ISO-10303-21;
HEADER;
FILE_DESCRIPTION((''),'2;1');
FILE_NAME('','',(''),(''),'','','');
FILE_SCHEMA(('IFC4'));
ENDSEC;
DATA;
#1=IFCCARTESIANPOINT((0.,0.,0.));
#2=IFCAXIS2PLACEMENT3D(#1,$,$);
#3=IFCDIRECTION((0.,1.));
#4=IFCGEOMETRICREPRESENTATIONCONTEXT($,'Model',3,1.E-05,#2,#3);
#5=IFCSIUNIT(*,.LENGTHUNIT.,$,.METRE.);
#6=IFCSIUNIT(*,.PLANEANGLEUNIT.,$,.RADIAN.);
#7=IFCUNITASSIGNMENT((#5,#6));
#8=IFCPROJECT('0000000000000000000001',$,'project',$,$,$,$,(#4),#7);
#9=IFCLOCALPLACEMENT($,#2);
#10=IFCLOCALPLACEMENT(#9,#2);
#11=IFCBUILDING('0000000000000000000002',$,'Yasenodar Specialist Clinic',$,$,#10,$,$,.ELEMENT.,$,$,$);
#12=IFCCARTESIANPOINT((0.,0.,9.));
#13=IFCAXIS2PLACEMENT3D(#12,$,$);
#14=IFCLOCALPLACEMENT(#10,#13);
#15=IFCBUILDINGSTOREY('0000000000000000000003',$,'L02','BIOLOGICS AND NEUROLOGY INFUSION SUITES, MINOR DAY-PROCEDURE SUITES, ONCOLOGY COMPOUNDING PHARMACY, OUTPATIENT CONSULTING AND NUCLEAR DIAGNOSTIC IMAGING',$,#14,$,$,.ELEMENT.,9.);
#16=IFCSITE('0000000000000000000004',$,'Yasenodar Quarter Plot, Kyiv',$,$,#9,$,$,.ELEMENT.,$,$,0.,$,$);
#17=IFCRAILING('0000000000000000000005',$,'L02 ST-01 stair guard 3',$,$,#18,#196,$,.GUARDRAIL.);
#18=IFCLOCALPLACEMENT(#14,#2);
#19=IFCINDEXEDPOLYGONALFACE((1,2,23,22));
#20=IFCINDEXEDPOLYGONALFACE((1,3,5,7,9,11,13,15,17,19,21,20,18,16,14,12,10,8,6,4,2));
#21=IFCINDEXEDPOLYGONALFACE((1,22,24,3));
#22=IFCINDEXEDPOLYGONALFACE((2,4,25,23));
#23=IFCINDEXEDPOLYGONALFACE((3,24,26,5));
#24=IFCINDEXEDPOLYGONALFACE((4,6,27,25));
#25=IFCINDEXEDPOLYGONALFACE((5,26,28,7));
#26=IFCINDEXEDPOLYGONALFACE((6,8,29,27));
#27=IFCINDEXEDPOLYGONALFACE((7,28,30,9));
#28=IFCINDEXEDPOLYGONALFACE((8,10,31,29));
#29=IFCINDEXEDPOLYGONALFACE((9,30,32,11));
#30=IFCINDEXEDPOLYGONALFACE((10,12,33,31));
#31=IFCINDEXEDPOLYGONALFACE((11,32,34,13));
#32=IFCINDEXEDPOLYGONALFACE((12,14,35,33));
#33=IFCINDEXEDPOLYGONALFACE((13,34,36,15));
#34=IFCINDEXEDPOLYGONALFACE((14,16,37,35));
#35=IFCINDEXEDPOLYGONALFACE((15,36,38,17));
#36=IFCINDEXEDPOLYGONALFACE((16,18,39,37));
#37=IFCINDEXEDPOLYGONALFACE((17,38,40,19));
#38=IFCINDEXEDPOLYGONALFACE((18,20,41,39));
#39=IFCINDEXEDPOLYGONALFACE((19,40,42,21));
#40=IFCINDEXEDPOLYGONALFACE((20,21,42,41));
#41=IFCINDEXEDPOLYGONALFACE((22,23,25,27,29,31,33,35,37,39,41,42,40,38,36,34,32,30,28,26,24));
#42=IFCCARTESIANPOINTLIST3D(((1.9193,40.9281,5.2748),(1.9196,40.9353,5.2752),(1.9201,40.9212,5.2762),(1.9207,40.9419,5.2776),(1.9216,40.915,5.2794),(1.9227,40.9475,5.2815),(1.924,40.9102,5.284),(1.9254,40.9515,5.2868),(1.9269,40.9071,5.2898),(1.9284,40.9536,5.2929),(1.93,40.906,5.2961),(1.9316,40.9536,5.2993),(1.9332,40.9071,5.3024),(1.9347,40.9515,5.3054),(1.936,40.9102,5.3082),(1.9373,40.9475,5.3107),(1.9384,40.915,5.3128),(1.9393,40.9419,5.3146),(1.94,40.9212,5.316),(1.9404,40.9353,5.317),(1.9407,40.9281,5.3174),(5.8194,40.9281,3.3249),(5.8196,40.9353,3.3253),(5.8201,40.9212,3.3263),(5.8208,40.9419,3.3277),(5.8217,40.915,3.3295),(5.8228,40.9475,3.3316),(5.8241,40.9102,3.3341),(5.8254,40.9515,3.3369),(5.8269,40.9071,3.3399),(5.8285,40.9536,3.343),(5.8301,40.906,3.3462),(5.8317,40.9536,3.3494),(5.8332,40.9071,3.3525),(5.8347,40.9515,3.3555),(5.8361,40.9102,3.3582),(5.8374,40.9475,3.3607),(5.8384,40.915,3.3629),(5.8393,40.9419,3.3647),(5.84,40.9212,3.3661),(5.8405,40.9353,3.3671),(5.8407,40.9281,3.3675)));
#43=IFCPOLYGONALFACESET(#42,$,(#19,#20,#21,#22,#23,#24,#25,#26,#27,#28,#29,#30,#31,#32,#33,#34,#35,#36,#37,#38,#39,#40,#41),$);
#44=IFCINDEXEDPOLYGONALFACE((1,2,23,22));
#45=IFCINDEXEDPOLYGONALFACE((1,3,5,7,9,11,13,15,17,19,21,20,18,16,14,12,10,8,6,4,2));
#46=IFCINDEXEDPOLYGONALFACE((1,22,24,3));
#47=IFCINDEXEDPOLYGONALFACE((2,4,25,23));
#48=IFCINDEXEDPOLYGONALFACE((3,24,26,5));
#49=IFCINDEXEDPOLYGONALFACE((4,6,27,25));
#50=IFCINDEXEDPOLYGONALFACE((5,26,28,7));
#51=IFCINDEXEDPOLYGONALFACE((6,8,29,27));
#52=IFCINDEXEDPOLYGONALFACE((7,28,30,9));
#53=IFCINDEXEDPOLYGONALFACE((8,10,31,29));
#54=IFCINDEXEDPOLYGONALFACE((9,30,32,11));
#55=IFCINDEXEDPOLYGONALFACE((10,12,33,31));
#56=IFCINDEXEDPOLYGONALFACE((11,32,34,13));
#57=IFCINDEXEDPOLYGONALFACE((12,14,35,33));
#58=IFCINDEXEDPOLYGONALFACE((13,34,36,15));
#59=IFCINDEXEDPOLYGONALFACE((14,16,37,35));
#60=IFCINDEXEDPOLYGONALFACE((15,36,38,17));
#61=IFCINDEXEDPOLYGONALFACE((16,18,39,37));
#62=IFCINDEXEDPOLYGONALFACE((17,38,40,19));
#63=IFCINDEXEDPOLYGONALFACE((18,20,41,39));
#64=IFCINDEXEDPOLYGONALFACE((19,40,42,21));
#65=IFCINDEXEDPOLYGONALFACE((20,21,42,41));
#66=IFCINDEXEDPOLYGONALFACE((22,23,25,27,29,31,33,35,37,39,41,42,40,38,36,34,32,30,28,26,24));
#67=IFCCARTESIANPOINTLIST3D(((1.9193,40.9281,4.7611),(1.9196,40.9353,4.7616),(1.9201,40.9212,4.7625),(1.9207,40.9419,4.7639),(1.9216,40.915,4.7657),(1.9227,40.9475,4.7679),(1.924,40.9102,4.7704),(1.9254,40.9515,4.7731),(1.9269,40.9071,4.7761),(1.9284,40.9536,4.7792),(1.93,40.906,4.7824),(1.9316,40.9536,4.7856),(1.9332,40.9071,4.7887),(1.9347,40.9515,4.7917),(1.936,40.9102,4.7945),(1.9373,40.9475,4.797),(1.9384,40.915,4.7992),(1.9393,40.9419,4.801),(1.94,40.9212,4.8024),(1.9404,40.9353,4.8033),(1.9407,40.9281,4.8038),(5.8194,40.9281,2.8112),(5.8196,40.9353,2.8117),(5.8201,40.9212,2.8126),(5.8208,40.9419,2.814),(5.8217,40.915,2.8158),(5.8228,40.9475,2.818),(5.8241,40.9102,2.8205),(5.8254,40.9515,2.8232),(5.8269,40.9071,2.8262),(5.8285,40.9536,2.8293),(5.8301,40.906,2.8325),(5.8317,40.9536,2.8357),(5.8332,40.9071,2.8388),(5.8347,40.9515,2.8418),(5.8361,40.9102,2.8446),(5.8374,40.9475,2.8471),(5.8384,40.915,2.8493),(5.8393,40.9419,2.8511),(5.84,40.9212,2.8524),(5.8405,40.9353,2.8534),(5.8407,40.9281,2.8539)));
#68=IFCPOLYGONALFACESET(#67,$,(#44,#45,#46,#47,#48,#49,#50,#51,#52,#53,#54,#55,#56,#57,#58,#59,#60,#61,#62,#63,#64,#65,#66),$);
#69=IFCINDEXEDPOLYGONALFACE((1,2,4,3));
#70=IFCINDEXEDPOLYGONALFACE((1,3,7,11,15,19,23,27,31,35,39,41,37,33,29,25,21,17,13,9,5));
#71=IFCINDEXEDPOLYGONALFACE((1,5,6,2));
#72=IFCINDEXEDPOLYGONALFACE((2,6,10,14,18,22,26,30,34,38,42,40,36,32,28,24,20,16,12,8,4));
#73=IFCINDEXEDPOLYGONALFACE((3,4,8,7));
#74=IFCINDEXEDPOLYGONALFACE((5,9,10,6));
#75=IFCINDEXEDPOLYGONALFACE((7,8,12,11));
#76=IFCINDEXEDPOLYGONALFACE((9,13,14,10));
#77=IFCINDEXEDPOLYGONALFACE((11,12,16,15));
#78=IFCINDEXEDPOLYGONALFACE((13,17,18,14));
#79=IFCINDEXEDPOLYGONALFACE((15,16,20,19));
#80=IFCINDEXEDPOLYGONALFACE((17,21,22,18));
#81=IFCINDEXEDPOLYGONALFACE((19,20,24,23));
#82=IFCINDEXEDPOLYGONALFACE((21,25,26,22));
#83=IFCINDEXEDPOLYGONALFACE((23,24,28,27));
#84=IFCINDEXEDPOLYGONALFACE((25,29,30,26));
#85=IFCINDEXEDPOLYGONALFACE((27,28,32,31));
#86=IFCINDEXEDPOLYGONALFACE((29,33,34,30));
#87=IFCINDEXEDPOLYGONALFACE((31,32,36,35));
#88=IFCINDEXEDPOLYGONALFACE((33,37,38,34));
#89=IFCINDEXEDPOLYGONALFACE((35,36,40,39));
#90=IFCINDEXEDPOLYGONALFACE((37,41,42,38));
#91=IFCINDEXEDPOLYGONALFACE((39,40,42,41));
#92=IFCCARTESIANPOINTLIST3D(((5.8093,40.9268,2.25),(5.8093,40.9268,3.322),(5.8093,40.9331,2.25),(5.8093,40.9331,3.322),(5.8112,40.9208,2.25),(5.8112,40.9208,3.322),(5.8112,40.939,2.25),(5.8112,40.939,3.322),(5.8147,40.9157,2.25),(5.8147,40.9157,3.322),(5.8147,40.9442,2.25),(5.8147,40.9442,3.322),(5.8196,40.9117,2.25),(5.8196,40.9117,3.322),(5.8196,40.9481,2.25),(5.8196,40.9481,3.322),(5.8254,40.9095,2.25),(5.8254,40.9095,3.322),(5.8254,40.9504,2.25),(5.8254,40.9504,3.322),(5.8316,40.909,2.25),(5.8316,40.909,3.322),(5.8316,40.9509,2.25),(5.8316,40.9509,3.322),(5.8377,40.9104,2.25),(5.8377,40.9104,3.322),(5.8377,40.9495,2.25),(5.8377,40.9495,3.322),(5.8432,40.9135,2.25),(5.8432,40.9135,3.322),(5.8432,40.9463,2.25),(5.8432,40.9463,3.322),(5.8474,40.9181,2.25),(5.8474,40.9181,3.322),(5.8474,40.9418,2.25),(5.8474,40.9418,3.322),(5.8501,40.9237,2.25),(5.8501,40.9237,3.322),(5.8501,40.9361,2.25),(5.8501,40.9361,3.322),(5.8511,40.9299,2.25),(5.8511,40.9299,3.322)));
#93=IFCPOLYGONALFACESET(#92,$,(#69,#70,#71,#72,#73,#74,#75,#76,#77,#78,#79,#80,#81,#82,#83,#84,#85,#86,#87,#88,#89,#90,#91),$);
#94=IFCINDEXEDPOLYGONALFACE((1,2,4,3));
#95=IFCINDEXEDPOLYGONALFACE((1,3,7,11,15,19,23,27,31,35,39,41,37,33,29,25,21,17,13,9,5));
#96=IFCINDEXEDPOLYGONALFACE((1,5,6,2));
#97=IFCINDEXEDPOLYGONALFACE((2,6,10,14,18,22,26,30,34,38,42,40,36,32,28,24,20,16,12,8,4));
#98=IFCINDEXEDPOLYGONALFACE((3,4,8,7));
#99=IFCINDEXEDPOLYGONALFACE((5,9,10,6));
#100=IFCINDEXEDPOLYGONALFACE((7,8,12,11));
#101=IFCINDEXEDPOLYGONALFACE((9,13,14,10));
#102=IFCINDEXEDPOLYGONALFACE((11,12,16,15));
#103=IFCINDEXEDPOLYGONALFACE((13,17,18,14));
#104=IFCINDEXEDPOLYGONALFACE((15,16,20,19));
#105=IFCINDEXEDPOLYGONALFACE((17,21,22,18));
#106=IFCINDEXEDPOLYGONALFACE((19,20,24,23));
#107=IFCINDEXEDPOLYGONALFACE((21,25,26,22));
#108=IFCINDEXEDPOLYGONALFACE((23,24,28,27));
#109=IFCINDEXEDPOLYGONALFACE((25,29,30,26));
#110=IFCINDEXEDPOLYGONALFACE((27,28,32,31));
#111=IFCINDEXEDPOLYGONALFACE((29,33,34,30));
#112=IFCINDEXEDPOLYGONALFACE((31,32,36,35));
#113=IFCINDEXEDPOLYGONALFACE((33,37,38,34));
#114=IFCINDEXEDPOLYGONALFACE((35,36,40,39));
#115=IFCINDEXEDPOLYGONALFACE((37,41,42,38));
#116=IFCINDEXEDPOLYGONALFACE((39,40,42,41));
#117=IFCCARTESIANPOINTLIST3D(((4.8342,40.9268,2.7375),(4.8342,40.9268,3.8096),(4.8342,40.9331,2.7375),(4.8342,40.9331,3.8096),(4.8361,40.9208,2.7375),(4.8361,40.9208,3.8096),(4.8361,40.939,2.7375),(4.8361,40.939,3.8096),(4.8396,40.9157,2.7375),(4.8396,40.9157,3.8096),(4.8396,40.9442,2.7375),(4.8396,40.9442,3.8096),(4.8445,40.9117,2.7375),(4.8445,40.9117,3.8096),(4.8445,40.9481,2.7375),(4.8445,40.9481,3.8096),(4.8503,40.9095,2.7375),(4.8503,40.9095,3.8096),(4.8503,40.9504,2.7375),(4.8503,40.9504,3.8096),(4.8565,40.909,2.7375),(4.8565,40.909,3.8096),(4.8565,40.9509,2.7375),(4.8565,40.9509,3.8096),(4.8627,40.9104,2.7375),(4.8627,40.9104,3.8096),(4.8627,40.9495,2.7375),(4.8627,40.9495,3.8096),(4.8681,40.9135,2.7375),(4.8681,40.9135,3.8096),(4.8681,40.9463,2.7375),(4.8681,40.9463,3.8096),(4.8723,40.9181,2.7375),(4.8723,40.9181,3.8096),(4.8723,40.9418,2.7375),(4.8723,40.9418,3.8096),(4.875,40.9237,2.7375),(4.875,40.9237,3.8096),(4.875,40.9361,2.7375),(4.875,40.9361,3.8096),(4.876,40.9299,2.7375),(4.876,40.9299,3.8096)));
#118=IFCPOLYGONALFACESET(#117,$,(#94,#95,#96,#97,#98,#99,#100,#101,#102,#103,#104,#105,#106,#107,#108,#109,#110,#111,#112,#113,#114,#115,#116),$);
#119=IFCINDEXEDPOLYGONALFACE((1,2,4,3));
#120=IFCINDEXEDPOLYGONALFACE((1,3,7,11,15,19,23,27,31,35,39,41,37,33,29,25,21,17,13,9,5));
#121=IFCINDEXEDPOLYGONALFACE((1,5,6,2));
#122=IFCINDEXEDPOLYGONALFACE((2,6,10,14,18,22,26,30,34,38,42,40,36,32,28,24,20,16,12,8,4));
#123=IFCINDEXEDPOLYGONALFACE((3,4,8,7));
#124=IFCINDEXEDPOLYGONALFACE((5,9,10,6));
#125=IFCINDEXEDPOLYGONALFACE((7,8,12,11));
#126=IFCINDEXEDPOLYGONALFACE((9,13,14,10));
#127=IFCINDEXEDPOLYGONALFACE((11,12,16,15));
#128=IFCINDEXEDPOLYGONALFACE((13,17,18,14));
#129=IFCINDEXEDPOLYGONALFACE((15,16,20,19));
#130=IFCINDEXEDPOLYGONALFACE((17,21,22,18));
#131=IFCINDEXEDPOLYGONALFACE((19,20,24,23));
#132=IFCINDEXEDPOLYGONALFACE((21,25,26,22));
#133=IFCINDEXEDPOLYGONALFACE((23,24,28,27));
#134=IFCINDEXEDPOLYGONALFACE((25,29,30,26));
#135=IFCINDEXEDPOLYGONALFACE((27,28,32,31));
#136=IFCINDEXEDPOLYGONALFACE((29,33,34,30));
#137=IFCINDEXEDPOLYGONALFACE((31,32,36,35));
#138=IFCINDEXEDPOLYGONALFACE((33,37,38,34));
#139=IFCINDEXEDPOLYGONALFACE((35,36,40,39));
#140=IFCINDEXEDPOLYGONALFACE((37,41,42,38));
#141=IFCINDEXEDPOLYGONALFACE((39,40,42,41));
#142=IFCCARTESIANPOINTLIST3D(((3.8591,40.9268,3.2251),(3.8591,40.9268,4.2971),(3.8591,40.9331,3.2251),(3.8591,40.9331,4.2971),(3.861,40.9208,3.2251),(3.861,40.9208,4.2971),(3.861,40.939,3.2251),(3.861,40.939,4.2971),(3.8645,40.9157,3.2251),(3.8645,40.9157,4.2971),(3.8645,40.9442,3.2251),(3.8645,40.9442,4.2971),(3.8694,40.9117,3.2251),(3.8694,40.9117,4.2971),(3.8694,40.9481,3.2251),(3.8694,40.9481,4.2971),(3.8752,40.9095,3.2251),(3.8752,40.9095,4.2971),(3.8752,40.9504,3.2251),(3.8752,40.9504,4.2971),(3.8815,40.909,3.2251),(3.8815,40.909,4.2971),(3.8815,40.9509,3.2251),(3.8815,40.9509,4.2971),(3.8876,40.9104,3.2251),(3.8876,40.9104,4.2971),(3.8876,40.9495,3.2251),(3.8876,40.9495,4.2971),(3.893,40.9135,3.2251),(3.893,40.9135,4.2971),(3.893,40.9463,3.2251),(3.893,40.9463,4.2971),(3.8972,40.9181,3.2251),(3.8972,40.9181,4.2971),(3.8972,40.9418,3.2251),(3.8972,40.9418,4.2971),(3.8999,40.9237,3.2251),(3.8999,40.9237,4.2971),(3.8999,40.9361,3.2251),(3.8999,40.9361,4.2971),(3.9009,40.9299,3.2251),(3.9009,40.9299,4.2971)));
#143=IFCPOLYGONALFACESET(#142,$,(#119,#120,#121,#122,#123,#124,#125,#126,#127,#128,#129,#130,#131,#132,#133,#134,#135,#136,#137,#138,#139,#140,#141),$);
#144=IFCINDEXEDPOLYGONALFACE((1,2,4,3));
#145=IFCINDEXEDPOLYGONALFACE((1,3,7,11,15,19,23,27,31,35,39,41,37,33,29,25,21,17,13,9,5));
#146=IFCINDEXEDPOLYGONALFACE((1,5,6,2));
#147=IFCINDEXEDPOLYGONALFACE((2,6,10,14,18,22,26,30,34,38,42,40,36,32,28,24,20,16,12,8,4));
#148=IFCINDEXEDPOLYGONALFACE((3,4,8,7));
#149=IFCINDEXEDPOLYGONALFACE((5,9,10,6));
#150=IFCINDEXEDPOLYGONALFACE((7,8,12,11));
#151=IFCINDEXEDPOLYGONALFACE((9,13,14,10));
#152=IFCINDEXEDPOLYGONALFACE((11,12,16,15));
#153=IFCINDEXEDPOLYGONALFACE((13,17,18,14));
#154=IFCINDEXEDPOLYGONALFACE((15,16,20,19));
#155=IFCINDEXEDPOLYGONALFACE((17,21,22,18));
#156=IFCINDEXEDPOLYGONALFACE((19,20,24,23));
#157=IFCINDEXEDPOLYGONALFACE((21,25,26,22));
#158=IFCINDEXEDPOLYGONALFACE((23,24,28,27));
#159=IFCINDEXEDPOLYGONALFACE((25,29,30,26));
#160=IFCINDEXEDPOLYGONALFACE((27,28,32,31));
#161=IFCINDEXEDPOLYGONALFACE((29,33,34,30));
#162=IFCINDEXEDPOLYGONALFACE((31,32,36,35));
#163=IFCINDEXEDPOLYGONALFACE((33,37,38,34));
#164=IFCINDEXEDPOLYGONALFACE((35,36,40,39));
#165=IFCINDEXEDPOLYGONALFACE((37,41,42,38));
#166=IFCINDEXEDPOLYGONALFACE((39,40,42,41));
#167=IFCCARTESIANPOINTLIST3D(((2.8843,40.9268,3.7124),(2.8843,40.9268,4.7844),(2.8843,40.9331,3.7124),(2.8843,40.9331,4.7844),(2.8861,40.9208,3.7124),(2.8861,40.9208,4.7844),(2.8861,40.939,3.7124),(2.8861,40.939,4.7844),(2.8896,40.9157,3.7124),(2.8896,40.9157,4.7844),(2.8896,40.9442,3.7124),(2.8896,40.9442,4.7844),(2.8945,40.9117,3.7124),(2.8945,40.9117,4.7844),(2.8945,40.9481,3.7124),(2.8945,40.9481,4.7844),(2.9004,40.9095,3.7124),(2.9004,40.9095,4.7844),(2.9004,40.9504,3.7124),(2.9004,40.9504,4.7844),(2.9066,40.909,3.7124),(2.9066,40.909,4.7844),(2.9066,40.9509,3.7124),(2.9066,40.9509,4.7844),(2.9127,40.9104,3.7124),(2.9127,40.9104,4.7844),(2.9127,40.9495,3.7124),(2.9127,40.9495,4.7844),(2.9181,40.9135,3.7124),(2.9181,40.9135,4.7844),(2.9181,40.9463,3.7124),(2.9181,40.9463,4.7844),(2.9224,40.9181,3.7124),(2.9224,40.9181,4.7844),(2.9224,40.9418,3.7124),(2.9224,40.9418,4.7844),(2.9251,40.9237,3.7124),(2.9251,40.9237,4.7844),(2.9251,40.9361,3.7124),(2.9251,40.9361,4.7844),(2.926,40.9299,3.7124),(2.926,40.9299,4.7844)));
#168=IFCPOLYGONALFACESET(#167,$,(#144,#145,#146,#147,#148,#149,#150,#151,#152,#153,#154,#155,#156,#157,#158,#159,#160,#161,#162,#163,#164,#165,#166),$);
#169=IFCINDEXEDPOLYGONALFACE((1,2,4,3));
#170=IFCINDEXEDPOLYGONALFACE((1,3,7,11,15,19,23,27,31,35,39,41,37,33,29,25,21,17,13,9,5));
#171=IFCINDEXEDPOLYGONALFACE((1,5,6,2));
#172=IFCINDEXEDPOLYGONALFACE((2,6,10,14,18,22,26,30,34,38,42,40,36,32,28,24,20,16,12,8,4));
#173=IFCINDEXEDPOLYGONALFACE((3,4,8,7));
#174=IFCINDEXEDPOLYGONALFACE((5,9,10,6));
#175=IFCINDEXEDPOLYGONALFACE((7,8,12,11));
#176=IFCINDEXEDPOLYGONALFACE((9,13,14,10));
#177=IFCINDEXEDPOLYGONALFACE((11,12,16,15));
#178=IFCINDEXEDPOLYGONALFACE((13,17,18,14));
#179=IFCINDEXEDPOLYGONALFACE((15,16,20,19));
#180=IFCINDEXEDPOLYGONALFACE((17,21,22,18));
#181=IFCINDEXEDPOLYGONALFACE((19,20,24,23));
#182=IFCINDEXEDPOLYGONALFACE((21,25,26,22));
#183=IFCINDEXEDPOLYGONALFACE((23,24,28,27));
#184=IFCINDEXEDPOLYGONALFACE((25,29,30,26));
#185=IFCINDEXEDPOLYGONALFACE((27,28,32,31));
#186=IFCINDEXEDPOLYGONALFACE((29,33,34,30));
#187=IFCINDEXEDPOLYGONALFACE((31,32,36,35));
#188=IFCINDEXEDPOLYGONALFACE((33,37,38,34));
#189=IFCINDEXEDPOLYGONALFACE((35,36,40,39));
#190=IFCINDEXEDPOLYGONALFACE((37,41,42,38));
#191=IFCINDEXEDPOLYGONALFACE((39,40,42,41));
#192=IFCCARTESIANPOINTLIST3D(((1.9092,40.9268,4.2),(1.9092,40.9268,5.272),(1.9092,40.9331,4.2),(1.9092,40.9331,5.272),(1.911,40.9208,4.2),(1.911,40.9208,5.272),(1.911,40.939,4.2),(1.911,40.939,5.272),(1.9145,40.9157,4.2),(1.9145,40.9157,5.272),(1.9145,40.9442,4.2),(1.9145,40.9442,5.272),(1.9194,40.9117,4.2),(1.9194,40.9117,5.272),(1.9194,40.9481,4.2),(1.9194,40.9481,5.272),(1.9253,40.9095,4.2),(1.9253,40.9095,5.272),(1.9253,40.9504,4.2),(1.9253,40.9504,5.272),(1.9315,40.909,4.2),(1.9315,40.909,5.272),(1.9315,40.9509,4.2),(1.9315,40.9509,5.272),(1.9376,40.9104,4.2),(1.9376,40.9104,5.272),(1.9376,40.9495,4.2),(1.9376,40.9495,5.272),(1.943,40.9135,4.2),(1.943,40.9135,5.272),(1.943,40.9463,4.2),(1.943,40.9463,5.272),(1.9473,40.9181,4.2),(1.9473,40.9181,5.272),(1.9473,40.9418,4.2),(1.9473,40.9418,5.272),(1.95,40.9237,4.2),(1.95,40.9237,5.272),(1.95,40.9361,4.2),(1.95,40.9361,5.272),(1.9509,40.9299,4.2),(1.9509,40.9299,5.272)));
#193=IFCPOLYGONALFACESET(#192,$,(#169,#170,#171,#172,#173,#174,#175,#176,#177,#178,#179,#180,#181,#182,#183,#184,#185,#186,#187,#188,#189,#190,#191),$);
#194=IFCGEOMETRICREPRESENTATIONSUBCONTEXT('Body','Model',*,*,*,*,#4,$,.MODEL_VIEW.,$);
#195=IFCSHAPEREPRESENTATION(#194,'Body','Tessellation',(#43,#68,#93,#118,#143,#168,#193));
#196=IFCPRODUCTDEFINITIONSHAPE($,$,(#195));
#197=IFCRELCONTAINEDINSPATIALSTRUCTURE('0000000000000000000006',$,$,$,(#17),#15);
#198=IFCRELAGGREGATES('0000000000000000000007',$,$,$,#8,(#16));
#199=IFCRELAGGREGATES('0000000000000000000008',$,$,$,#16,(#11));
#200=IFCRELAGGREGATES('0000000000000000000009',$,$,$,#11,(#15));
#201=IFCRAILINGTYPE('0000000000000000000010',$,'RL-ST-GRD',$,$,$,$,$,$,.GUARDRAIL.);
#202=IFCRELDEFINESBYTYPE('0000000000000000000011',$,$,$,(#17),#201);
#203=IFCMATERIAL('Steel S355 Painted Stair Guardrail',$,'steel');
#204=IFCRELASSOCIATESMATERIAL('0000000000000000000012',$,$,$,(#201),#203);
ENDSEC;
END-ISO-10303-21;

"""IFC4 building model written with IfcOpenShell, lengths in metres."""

from ifc_helpers import new_model, si_unit, direction, frame, origin, origin_2d, place, context, subcontext, project, spatial, circle, extrude, material, type_object, element, save


model = new_model("IFC4")

# Units and contexts
model_context = context("Model", 3, precision=1e-05, world=origin(), true_north=direction((0.0, 1.0)))
body_context = subcontext(model_context, "Body", "Model", "MODEL_VIEW")
ifc_project = project(units=[si_unit("LENGTHUNIT", "METRE"), si_unit("PLANEANGLEUNIT", "RADIAN")], contexts=[model_context])

# Site, building, storey
site_placement = place(None, origin())
site = spatial("IfcSite", under=ifc_project, at=site_placement, Name="Yasenodar Quarter Plot, Kyiv", CompositionType="ELEMENT", RefElevation=0.0)
building_placement = place(site_placement, origin())
building = spatial("IfcBuilding", under=site, at=building_placement, Name="Yasenodar Specialist Clinic", CompositionType="ELEMENT")
storey_placement = place(building_placement, frame((0.0, 0.0, 9.0)))
storey = spatial("IfcBuildingStorey", under=building, at=storey_placement, Name="L02", Description="BIOLOGICS AND NEUROLOGY INFUSION SUITES, MINOR DAY-PROCEDURE SUITES, ONCOLOGY COMPOUNDING PHARMACY, OUTPATIENT CONSULTING AND NUCLEAR DIAGNOSTIC IMAGING", CompositionType="ELEMENT", Elevation=9.0)

# Railing
ifc_material_1 = material(Name="Steel S355 Painted Stair Guardrail", Category="steel")
railing_type_1 = type_object("IfcRailingType", Name="RL-ST-GRD", PredefinedType="GUARDRAIL", material=ifc_material_1)
railing_1_placement = place(storey_placement, frame((5.8301, 40.9299, 2.25)))
element("IfcRailing", 1, at=railing_1_placement, inside=storey, type_object=railing_type_1, Name="L02 ST-01 stair guard 3", PredefinedType="GUARDRAIL", context=body_context, shape_type="SweptSolid", body=[
    extrude(circle(Radius=0.0239, at=origin_2d()), frame((0.0, 0.0, 1.0962), z_axis=(-0.894438, 0.0, 0.447191), x_axis=(0.0, -1.0, 0.0)), (0.0, 0.0, 1.0), 4.3604),
    extrude(circle(Radius=0.0239, at=origin_2d()), frame((0.0, 0.0, 0.5825), z_axis=(-0.894438, 0.0, 0.447191), x_axis=(0.0, -1.0, 0.0)), (0.0, 0.0, 1.0), 4.3604),
    extrude(circle(Radius=0.021, at=origin_2d()), origin(), (0.0, 0.0, 1.0), 1.072),
    extrude(circle(Radius=0.021, at=origin_2d()), frame((-0.9751, 0.0, 0.4875)), (0.0, 0.0, 1.0), 1.072),
    extrude(circle(Radius=0.021, at=origin_2d()), frame((-1.9502, 0.0, 0.9751)), (0.0, 0.0, 1.0), 1.072),
    extrude(circle(Radius=0.021, at=origin_2d()), frame((-2.925, 0.0, 1.4624)), (0.0, 0.0, 1.0), 1.072),
    extrude(circle(Radius=0.021, at=origin_2d()), frame((-3.9001, 0.0, 1.95)), (0.0, 0.0, 1.0), 1.072),
])

save(model, "model.ifc")
